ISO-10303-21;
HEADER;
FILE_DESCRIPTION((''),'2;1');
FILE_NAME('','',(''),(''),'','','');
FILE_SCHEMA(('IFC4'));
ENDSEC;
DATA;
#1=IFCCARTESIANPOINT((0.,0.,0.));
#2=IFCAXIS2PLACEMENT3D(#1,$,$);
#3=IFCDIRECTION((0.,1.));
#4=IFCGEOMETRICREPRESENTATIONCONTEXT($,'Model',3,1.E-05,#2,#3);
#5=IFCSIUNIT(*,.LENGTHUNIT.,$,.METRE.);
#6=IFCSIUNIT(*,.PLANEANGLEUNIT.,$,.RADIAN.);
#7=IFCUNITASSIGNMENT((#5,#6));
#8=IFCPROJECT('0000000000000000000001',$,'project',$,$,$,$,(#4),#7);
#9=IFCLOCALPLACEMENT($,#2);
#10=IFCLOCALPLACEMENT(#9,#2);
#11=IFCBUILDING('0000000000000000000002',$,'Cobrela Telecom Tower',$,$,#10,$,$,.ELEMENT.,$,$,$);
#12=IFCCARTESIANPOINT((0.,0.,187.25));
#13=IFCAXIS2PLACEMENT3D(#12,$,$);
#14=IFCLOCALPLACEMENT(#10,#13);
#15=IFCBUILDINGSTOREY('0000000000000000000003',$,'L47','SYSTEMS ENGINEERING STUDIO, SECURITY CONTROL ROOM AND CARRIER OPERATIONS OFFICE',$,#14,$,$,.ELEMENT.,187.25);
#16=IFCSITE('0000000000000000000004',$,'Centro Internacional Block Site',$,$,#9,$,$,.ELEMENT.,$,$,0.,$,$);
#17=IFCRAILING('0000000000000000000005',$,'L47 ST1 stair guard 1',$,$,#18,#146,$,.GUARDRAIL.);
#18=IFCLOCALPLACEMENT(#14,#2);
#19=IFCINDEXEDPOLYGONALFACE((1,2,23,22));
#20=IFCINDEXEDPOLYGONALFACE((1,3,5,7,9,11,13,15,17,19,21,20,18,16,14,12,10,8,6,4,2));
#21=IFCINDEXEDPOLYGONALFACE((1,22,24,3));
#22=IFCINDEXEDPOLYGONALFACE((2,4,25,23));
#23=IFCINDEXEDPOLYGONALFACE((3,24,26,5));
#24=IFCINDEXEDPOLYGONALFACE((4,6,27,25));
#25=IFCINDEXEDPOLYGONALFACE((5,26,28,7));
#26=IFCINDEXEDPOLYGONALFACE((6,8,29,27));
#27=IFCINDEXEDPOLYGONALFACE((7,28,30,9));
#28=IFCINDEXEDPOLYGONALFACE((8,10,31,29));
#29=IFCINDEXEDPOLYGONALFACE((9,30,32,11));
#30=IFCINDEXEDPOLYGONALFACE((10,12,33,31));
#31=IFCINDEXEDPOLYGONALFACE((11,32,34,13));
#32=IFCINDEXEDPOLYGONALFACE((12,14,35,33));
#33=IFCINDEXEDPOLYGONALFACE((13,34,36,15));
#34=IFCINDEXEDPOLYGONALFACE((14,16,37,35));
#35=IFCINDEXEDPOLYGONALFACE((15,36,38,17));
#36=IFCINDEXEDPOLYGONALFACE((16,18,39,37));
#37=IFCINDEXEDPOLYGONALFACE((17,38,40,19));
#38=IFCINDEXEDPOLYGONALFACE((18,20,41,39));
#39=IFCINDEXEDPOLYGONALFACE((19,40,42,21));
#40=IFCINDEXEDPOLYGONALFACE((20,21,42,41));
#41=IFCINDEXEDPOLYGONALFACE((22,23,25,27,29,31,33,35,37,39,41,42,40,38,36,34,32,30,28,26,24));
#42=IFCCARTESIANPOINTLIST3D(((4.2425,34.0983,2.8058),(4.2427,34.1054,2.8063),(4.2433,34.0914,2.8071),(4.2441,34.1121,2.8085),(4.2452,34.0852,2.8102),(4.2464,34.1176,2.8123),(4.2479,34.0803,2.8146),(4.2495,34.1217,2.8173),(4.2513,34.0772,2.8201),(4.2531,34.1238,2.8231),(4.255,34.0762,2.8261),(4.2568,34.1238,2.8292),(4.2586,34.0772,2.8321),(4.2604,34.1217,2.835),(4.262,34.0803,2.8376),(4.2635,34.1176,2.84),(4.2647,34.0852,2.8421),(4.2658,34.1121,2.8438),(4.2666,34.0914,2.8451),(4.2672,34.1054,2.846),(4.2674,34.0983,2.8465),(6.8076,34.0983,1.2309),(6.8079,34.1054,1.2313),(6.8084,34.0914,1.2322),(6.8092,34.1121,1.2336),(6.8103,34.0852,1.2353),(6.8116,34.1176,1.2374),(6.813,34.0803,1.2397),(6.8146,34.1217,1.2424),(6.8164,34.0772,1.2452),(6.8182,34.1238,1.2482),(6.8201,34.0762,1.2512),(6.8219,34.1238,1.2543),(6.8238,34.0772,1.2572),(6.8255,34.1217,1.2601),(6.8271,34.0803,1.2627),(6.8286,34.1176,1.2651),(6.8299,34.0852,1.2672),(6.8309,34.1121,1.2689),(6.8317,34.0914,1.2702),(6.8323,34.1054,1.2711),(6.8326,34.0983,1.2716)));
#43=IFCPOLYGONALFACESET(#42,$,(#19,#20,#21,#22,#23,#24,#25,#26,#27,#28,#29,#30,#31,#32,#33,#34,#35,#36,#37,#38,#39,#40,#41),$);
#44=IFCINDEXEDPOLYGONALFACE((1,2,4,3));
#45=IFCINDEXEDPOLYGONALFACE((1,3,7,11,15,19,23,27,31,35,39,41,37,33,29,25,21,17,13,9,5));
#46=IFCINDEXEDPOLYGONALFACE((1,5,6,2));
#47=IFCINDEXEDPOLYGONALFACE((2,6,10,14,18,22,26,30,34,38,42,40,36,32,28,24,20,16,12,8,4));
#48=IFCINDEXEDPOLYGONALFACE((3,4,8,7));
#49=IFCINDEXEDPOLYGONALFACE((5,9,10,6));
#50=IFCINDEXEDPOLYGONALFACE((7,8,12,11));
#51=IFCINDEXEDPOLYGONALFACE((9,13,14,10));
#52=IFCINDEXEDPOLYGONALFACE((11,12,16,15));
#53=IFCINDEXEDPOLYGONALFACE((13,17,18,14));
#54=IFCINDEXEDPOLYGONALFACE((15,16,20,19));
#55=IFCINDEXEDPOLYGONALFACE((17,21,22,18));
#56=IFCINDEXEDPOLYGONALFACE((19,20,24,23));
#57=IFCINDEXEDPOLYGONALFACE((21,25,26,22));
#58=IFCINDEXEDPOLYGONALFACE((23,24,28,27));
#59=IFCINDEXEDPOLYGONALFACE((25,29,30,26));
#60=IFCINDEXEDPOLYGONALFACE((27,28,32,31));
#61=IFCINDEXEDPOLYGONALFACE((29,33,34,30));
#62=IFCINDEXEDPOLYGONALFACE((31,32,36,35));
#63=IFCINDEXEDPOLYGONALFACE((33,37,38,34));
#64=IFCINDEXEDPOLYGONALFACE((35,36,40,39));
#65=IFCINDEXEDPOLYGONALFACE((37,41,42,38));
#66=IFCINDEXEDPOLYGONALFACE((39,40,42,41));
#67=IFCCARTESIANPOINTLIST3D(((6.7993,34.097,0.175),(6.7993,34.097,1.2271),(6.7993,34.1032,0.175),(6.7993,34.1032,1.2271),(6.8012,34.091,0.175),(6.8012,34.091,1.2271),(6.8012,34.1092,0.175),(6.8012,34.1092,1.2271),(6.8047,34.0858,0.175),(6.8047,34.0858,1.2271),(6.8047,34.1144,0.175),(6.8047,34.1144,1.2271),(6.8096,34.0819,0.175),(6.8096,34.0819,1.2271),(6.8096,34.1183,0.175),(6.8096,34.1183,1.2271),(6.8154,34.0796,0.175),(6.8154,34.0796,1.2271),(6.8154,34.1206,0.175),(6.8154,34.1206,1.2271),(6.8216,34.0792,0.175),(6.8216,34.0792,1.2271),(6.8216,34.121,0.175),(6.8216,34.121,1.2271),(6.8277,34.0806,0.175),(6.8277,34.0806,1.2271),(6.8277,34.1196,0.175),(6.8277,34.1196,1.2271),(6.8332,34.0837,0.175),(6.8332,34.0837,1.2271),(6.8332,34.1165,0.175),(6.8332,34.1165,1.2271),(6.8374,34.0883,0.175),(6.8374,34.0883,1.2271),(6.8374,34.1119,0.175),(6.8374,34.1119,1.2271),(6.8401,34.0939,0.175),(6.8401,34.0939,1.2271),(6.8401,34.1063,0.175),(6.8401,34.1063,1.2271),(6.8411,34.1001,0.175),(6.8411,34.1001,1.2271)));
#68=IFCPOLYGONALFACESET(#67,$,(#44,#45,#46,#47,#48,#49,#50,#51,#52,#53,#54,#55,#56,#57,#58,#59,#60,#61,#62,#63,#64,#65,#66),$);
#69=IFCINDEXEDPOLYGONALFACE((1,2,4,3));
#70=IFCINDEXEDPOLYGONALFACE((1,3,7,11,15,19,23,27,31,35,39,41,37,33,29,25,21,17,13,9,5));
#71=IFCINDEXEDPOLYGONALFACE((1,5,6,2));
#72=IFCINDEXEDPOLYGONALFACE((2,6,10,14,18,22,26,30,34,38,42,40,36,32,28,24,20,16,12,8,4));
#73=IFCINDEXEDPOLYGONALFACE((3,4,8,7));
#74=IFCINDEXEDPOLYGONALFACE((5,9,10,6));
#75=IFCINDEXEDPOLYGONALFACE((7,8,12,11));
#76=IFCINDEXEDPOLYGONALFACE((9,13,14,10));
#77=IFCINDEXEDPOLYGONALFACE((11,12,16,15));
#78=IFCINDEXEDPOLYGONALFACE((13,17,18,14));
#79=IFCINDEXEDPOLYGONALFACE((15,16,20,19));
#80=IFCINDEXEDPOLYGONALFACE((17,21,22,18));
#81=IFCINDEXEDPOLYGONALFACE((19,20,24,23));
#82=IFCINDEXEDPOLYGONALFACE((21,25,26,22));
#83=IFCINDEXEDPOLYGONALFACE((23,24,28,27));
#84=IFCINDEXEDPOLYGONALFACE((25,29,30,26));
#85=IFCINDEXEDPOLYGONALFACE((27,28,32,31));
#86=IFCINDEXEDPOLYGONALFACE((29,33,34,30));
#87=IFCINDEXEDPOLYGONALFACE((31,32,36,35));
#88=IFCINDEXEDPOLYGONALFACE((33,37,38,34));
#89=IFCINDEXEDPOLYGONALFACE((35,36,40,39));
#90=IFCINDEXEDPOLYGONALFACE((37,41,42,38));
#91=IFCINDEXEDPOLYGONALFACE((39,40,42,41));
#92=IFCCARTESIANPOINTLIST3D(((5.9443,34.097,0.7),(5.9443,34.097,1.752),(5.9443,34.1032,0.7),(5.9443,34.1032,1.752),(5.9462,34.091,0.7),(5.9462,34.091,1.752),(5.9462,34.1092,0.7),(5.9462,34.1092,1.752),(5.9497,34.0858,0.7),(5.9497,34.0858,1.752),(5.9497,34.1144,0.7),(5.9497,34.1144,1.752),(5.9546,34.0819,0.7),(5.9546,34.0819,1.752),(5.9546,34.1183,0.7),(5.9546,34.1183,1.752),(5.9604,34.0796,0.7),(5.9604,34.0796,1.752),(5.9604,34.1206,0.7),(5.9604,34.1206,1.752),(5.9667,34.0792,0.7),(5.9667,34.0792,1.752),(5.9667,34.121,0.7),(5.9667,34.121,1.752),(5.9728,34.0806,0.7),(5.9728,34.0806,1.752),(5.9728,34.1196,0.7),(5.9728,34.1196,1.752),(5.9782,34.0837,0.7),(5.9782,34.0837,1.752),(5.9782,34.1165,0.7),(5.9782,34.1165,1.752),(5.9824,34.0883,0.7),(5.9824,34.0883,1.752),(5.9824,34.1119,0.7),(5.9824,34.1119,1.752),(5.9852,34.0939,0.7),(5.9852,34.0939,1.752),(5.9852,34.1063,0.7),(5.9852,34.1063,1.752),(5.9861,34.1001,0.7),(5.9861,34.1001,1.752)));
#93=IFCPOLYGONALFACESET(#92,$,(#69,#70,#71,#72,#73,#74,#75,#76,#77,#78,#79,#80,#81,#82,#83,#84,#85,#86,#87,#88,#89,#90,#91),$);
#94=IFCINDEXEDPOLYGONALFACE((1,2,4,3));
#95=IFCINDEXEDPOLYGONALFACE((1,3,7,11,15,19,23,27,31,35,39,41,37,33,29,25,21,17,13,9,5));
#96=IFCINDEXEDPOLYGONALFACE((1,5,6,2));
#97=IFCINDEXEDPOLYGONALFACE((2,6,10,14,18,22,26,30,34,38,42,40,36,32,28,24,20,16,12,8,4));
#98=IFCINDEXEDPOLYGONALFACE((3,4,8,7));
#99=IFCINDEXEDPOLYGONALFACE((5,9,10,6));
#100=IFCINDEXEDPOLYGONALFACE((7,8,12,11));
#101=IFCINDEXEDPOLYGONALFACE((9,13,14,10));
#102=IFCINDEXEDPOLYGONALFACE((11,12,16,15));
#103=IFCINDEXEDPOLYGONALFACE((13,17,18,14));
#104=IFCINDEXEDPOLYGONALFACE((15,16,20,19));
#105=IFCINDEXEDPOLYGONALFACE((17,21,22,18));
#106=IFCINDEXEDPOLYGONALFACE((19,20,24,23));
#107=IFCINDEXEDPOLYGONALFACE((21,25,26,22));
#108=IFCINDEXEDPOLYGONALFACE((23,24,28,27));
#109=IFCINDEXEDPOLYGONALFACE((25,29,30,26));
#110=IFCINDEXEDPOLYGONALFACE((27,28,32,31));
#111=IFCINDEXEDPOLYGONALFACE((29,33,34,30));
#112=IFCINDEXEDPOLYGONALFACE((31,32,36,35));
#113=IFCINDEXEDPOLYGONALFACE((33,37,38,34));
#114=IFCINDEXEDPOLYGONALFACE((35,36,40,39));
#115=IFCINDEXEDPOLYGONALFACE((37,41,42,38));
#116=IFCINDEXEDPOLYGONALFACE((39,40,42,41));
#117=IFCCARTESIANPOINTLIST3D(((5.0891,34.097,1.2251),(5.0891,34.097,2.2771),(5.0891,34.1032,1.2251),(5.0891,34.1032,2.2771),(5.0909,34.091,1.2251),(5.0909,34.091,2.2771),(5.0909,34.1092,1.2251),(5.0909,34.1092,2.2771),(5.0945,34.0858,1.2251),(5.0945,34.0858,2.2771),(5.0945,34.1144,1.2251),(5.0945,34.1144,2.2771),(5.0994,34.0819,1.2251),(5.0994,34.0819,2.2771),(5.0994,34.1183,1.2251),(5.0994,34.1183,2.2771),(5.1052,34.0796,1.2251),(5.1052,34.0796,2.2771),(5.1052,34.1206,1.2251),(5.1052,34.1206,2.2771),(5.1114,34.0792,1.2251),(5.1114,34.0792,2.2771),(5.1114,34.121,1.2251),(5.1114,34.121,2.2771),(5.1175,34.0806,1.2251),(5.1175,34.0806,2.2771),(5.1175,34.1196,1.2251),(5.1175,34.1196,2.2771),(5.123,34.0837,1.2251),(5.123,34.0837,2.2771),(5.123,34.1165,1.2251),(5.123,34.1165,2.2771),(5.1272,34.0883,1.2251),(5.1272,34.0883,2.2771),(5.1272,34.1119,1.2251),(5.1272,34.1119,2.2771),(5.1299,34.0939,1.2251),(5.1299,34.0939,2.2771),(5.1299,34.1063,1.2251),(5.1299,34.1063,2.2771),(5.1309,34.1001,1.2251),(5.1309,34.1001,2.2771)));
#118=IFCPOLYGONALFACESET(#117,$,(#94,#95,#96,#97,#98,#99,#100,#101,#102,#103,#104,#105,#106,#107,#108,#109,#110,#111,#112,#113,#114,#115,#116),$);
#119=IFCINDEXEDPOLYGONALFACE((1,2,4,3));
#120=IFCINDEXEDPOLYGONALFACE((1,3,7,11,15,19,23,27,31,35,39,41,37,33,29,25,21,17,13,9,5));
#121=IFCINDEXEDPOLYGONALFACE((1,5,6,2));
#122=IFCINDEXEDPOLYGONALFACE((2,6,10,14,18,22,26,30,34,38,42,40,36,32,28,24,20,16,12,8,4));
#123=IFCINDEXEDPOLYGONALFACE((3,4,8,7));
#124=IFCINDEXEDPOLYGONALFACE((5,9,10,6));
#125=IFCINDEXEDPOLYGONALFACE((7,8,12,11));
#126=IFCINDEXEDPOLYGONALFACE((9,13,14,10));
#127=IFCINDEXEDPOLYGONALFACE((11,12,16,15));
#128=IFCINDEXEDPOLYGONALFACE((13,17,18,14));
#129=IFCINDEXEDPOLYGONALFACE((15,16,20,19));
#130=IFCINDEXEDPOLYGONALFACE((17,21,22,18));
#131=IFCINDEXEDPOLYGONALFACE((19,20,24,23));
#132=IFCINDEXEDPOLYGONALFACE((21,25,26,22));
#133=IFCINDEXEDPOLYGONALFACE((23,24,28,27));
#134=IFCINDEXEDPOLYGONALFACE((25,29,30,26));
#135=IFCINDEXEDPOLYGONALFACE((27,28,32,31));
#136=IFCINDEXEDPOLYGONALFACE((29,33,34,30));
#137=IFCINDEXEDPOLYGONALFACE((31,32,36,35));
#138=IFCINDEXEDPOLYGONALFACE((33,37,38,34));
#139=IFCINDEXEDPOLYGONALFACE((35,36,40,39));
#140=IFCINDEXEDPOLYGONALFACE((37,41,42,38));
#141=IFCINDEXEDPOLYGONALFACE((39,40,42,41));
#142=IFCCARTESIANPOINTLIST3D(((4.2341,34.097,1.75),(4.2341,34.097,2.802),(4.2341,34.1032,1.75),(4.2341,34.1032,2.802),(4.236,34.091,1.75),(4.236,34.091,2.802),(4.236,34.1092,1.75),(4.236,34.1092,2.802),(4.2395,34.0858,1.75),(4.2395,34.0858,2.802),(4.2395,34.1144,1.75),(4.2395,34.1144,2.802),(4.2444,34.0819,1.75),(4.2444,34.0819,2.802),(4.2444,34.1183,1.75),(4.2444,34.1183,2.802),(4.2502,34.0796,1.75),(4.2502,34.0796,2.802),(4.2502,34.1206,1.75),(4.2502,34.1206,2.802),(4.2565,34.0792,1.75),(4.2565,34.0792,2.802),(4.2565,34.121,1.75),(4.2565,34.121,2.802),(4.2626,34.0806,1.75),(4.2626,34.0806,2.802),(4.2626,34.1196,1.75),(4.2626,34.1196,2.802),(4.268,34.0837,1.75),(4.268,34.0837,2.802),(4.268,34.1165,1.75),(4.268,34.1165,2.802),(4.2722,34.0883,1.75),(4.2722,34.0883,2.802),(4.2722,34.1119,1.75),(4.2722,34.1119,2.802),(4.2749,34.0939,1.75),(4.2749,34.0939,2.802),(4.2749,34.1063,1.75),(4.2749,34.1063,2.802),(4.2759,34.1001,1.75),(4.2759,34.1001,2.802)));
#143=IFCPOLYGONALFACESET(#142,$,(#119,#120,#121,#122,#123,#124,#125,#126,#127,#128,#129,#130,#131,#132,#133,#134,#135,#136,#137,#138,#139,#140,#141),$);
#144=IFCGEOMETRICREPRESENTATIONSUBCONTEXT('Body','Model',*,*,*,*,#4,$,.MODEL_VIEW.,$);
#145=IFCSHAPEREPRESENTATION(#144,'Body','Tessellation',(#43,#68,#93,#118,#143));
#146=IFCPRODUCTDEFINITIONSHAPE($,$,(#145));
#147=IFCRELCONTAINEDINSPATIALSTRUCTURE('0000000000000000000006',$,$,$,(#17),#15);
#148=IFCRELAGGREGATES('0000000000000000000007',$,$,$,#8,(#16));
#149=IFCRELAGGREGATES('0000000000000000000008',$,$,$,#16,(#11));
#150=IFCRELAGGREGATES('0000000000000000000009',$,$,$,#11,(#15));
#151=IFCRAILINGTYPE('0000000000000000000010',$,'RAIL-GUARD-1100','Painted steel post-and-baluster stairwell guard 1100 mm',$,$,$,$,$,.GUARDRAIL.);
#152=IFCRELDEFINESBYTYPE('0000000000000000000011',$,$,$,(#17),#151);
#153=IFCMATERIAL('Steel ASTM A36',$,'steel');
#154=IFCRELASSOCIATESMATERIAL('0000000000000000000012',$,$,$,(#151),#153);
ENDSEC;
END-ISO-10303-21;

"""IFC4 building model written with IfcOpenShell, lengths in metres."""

from ifc_helpers import new_model, si_unit, direction, frame, origin, origin_2d, place, context, subcontext, project, spatial, circle, extrude, material, type_object, element, save


model = new_model("IFC4")

# Units and contexts
model_context = context("Model", 3, precision=1e-05, world=origin(), true_north=direction((0.0, 1.0)))
body_context = subcontext(model_context, "Body", "Model", "MODEL_VIEW")
ifc_project = project(units=[si_unit("LENGTHUNIT", "METRE"), si_unit("PLANEANGLEUNIT", "RADIAN")], contexts=[model_context])

# Site, building, storey
site_placement = place(None, origin())
site = spatial("IfcSite", under=ifc_project, at=site_placement, Name="Centro Internacional Block Site", CompositionType="ELEMENT", RefElevation=0.0)
building_placement = place(site_placement, origin())
building = spatial("IfcBuilding", under=site, at=building_placement, Name="Cobrela Telecom Tower", CompositionType="ELEMENT")
storey_placement = place(building_placement, frame((0.0, 0.0, 187.25)))
storey = spatial("IfcBuildingStorey", under=building, at=storey_placement, Name="L47", Description="SYSTEMS ENGINEERING STUDIO, SECURITY CONTROL ROOM AND CARRIER OPERATIONS OFFICE", CompositionType="ELEMENT", Elevation=187.25)

# Shared definitions
ifc_material_1 = material(Name="Steel ASTM A36", Category="steel")

# Railing
railing_type_1 = type_object("IfcRailingType", Name="RAIL-GUARD-1100", Description="Painted steel post-and-baluster stairwell guard 1100 mm", PredefinedType="GUARDRAIL", material=ifc_material_1)
railing_1_placement = place(storey_placement, frame((6.8201, 34.1001, 0.175)))
element("IfcRailing", 1, at=railing_1_placement, inside=storey, type_object=railing_type_1, Name="L47 ST1 stair guard 1", PredefinedType="GUARDRAIL", context=body_context, shape_type="SweptSolid", body=[
    extrude(circle(Radius=0.0239, at=origin_2d()), frame((0.0, 0.0, 1.0762), z_axis=(-0.852195, 0.0, 0.523224), x_axis=(0.0, -1.0, 0.0)), (0.0, 0.0, 1.0), 3.01),
    extrude(circle(Radius=0.021, at=origin_2d()), origin(), (0.0, 0.0, 1.0), 1.052),
    extrude(circle(Radius=0.021, at=origin_2d()), frame((-0.855, 0.0, 0.5249)), (0.0, 0.0, 1.0), 1.052),
    extrude(circle(Radius=0.021, at=origin_2d()), frame((-1.7102, 0.0, 1.05)), (0.0, 0.0, 1.0), 1.052),
    extrude(circle(Radius=0.021, at=origin_2d()), frame((-2.5652, 0.0, 1.575)), (0.0, 0.0, 1.0), 1.052),
])

save(model, "model.ifc")
